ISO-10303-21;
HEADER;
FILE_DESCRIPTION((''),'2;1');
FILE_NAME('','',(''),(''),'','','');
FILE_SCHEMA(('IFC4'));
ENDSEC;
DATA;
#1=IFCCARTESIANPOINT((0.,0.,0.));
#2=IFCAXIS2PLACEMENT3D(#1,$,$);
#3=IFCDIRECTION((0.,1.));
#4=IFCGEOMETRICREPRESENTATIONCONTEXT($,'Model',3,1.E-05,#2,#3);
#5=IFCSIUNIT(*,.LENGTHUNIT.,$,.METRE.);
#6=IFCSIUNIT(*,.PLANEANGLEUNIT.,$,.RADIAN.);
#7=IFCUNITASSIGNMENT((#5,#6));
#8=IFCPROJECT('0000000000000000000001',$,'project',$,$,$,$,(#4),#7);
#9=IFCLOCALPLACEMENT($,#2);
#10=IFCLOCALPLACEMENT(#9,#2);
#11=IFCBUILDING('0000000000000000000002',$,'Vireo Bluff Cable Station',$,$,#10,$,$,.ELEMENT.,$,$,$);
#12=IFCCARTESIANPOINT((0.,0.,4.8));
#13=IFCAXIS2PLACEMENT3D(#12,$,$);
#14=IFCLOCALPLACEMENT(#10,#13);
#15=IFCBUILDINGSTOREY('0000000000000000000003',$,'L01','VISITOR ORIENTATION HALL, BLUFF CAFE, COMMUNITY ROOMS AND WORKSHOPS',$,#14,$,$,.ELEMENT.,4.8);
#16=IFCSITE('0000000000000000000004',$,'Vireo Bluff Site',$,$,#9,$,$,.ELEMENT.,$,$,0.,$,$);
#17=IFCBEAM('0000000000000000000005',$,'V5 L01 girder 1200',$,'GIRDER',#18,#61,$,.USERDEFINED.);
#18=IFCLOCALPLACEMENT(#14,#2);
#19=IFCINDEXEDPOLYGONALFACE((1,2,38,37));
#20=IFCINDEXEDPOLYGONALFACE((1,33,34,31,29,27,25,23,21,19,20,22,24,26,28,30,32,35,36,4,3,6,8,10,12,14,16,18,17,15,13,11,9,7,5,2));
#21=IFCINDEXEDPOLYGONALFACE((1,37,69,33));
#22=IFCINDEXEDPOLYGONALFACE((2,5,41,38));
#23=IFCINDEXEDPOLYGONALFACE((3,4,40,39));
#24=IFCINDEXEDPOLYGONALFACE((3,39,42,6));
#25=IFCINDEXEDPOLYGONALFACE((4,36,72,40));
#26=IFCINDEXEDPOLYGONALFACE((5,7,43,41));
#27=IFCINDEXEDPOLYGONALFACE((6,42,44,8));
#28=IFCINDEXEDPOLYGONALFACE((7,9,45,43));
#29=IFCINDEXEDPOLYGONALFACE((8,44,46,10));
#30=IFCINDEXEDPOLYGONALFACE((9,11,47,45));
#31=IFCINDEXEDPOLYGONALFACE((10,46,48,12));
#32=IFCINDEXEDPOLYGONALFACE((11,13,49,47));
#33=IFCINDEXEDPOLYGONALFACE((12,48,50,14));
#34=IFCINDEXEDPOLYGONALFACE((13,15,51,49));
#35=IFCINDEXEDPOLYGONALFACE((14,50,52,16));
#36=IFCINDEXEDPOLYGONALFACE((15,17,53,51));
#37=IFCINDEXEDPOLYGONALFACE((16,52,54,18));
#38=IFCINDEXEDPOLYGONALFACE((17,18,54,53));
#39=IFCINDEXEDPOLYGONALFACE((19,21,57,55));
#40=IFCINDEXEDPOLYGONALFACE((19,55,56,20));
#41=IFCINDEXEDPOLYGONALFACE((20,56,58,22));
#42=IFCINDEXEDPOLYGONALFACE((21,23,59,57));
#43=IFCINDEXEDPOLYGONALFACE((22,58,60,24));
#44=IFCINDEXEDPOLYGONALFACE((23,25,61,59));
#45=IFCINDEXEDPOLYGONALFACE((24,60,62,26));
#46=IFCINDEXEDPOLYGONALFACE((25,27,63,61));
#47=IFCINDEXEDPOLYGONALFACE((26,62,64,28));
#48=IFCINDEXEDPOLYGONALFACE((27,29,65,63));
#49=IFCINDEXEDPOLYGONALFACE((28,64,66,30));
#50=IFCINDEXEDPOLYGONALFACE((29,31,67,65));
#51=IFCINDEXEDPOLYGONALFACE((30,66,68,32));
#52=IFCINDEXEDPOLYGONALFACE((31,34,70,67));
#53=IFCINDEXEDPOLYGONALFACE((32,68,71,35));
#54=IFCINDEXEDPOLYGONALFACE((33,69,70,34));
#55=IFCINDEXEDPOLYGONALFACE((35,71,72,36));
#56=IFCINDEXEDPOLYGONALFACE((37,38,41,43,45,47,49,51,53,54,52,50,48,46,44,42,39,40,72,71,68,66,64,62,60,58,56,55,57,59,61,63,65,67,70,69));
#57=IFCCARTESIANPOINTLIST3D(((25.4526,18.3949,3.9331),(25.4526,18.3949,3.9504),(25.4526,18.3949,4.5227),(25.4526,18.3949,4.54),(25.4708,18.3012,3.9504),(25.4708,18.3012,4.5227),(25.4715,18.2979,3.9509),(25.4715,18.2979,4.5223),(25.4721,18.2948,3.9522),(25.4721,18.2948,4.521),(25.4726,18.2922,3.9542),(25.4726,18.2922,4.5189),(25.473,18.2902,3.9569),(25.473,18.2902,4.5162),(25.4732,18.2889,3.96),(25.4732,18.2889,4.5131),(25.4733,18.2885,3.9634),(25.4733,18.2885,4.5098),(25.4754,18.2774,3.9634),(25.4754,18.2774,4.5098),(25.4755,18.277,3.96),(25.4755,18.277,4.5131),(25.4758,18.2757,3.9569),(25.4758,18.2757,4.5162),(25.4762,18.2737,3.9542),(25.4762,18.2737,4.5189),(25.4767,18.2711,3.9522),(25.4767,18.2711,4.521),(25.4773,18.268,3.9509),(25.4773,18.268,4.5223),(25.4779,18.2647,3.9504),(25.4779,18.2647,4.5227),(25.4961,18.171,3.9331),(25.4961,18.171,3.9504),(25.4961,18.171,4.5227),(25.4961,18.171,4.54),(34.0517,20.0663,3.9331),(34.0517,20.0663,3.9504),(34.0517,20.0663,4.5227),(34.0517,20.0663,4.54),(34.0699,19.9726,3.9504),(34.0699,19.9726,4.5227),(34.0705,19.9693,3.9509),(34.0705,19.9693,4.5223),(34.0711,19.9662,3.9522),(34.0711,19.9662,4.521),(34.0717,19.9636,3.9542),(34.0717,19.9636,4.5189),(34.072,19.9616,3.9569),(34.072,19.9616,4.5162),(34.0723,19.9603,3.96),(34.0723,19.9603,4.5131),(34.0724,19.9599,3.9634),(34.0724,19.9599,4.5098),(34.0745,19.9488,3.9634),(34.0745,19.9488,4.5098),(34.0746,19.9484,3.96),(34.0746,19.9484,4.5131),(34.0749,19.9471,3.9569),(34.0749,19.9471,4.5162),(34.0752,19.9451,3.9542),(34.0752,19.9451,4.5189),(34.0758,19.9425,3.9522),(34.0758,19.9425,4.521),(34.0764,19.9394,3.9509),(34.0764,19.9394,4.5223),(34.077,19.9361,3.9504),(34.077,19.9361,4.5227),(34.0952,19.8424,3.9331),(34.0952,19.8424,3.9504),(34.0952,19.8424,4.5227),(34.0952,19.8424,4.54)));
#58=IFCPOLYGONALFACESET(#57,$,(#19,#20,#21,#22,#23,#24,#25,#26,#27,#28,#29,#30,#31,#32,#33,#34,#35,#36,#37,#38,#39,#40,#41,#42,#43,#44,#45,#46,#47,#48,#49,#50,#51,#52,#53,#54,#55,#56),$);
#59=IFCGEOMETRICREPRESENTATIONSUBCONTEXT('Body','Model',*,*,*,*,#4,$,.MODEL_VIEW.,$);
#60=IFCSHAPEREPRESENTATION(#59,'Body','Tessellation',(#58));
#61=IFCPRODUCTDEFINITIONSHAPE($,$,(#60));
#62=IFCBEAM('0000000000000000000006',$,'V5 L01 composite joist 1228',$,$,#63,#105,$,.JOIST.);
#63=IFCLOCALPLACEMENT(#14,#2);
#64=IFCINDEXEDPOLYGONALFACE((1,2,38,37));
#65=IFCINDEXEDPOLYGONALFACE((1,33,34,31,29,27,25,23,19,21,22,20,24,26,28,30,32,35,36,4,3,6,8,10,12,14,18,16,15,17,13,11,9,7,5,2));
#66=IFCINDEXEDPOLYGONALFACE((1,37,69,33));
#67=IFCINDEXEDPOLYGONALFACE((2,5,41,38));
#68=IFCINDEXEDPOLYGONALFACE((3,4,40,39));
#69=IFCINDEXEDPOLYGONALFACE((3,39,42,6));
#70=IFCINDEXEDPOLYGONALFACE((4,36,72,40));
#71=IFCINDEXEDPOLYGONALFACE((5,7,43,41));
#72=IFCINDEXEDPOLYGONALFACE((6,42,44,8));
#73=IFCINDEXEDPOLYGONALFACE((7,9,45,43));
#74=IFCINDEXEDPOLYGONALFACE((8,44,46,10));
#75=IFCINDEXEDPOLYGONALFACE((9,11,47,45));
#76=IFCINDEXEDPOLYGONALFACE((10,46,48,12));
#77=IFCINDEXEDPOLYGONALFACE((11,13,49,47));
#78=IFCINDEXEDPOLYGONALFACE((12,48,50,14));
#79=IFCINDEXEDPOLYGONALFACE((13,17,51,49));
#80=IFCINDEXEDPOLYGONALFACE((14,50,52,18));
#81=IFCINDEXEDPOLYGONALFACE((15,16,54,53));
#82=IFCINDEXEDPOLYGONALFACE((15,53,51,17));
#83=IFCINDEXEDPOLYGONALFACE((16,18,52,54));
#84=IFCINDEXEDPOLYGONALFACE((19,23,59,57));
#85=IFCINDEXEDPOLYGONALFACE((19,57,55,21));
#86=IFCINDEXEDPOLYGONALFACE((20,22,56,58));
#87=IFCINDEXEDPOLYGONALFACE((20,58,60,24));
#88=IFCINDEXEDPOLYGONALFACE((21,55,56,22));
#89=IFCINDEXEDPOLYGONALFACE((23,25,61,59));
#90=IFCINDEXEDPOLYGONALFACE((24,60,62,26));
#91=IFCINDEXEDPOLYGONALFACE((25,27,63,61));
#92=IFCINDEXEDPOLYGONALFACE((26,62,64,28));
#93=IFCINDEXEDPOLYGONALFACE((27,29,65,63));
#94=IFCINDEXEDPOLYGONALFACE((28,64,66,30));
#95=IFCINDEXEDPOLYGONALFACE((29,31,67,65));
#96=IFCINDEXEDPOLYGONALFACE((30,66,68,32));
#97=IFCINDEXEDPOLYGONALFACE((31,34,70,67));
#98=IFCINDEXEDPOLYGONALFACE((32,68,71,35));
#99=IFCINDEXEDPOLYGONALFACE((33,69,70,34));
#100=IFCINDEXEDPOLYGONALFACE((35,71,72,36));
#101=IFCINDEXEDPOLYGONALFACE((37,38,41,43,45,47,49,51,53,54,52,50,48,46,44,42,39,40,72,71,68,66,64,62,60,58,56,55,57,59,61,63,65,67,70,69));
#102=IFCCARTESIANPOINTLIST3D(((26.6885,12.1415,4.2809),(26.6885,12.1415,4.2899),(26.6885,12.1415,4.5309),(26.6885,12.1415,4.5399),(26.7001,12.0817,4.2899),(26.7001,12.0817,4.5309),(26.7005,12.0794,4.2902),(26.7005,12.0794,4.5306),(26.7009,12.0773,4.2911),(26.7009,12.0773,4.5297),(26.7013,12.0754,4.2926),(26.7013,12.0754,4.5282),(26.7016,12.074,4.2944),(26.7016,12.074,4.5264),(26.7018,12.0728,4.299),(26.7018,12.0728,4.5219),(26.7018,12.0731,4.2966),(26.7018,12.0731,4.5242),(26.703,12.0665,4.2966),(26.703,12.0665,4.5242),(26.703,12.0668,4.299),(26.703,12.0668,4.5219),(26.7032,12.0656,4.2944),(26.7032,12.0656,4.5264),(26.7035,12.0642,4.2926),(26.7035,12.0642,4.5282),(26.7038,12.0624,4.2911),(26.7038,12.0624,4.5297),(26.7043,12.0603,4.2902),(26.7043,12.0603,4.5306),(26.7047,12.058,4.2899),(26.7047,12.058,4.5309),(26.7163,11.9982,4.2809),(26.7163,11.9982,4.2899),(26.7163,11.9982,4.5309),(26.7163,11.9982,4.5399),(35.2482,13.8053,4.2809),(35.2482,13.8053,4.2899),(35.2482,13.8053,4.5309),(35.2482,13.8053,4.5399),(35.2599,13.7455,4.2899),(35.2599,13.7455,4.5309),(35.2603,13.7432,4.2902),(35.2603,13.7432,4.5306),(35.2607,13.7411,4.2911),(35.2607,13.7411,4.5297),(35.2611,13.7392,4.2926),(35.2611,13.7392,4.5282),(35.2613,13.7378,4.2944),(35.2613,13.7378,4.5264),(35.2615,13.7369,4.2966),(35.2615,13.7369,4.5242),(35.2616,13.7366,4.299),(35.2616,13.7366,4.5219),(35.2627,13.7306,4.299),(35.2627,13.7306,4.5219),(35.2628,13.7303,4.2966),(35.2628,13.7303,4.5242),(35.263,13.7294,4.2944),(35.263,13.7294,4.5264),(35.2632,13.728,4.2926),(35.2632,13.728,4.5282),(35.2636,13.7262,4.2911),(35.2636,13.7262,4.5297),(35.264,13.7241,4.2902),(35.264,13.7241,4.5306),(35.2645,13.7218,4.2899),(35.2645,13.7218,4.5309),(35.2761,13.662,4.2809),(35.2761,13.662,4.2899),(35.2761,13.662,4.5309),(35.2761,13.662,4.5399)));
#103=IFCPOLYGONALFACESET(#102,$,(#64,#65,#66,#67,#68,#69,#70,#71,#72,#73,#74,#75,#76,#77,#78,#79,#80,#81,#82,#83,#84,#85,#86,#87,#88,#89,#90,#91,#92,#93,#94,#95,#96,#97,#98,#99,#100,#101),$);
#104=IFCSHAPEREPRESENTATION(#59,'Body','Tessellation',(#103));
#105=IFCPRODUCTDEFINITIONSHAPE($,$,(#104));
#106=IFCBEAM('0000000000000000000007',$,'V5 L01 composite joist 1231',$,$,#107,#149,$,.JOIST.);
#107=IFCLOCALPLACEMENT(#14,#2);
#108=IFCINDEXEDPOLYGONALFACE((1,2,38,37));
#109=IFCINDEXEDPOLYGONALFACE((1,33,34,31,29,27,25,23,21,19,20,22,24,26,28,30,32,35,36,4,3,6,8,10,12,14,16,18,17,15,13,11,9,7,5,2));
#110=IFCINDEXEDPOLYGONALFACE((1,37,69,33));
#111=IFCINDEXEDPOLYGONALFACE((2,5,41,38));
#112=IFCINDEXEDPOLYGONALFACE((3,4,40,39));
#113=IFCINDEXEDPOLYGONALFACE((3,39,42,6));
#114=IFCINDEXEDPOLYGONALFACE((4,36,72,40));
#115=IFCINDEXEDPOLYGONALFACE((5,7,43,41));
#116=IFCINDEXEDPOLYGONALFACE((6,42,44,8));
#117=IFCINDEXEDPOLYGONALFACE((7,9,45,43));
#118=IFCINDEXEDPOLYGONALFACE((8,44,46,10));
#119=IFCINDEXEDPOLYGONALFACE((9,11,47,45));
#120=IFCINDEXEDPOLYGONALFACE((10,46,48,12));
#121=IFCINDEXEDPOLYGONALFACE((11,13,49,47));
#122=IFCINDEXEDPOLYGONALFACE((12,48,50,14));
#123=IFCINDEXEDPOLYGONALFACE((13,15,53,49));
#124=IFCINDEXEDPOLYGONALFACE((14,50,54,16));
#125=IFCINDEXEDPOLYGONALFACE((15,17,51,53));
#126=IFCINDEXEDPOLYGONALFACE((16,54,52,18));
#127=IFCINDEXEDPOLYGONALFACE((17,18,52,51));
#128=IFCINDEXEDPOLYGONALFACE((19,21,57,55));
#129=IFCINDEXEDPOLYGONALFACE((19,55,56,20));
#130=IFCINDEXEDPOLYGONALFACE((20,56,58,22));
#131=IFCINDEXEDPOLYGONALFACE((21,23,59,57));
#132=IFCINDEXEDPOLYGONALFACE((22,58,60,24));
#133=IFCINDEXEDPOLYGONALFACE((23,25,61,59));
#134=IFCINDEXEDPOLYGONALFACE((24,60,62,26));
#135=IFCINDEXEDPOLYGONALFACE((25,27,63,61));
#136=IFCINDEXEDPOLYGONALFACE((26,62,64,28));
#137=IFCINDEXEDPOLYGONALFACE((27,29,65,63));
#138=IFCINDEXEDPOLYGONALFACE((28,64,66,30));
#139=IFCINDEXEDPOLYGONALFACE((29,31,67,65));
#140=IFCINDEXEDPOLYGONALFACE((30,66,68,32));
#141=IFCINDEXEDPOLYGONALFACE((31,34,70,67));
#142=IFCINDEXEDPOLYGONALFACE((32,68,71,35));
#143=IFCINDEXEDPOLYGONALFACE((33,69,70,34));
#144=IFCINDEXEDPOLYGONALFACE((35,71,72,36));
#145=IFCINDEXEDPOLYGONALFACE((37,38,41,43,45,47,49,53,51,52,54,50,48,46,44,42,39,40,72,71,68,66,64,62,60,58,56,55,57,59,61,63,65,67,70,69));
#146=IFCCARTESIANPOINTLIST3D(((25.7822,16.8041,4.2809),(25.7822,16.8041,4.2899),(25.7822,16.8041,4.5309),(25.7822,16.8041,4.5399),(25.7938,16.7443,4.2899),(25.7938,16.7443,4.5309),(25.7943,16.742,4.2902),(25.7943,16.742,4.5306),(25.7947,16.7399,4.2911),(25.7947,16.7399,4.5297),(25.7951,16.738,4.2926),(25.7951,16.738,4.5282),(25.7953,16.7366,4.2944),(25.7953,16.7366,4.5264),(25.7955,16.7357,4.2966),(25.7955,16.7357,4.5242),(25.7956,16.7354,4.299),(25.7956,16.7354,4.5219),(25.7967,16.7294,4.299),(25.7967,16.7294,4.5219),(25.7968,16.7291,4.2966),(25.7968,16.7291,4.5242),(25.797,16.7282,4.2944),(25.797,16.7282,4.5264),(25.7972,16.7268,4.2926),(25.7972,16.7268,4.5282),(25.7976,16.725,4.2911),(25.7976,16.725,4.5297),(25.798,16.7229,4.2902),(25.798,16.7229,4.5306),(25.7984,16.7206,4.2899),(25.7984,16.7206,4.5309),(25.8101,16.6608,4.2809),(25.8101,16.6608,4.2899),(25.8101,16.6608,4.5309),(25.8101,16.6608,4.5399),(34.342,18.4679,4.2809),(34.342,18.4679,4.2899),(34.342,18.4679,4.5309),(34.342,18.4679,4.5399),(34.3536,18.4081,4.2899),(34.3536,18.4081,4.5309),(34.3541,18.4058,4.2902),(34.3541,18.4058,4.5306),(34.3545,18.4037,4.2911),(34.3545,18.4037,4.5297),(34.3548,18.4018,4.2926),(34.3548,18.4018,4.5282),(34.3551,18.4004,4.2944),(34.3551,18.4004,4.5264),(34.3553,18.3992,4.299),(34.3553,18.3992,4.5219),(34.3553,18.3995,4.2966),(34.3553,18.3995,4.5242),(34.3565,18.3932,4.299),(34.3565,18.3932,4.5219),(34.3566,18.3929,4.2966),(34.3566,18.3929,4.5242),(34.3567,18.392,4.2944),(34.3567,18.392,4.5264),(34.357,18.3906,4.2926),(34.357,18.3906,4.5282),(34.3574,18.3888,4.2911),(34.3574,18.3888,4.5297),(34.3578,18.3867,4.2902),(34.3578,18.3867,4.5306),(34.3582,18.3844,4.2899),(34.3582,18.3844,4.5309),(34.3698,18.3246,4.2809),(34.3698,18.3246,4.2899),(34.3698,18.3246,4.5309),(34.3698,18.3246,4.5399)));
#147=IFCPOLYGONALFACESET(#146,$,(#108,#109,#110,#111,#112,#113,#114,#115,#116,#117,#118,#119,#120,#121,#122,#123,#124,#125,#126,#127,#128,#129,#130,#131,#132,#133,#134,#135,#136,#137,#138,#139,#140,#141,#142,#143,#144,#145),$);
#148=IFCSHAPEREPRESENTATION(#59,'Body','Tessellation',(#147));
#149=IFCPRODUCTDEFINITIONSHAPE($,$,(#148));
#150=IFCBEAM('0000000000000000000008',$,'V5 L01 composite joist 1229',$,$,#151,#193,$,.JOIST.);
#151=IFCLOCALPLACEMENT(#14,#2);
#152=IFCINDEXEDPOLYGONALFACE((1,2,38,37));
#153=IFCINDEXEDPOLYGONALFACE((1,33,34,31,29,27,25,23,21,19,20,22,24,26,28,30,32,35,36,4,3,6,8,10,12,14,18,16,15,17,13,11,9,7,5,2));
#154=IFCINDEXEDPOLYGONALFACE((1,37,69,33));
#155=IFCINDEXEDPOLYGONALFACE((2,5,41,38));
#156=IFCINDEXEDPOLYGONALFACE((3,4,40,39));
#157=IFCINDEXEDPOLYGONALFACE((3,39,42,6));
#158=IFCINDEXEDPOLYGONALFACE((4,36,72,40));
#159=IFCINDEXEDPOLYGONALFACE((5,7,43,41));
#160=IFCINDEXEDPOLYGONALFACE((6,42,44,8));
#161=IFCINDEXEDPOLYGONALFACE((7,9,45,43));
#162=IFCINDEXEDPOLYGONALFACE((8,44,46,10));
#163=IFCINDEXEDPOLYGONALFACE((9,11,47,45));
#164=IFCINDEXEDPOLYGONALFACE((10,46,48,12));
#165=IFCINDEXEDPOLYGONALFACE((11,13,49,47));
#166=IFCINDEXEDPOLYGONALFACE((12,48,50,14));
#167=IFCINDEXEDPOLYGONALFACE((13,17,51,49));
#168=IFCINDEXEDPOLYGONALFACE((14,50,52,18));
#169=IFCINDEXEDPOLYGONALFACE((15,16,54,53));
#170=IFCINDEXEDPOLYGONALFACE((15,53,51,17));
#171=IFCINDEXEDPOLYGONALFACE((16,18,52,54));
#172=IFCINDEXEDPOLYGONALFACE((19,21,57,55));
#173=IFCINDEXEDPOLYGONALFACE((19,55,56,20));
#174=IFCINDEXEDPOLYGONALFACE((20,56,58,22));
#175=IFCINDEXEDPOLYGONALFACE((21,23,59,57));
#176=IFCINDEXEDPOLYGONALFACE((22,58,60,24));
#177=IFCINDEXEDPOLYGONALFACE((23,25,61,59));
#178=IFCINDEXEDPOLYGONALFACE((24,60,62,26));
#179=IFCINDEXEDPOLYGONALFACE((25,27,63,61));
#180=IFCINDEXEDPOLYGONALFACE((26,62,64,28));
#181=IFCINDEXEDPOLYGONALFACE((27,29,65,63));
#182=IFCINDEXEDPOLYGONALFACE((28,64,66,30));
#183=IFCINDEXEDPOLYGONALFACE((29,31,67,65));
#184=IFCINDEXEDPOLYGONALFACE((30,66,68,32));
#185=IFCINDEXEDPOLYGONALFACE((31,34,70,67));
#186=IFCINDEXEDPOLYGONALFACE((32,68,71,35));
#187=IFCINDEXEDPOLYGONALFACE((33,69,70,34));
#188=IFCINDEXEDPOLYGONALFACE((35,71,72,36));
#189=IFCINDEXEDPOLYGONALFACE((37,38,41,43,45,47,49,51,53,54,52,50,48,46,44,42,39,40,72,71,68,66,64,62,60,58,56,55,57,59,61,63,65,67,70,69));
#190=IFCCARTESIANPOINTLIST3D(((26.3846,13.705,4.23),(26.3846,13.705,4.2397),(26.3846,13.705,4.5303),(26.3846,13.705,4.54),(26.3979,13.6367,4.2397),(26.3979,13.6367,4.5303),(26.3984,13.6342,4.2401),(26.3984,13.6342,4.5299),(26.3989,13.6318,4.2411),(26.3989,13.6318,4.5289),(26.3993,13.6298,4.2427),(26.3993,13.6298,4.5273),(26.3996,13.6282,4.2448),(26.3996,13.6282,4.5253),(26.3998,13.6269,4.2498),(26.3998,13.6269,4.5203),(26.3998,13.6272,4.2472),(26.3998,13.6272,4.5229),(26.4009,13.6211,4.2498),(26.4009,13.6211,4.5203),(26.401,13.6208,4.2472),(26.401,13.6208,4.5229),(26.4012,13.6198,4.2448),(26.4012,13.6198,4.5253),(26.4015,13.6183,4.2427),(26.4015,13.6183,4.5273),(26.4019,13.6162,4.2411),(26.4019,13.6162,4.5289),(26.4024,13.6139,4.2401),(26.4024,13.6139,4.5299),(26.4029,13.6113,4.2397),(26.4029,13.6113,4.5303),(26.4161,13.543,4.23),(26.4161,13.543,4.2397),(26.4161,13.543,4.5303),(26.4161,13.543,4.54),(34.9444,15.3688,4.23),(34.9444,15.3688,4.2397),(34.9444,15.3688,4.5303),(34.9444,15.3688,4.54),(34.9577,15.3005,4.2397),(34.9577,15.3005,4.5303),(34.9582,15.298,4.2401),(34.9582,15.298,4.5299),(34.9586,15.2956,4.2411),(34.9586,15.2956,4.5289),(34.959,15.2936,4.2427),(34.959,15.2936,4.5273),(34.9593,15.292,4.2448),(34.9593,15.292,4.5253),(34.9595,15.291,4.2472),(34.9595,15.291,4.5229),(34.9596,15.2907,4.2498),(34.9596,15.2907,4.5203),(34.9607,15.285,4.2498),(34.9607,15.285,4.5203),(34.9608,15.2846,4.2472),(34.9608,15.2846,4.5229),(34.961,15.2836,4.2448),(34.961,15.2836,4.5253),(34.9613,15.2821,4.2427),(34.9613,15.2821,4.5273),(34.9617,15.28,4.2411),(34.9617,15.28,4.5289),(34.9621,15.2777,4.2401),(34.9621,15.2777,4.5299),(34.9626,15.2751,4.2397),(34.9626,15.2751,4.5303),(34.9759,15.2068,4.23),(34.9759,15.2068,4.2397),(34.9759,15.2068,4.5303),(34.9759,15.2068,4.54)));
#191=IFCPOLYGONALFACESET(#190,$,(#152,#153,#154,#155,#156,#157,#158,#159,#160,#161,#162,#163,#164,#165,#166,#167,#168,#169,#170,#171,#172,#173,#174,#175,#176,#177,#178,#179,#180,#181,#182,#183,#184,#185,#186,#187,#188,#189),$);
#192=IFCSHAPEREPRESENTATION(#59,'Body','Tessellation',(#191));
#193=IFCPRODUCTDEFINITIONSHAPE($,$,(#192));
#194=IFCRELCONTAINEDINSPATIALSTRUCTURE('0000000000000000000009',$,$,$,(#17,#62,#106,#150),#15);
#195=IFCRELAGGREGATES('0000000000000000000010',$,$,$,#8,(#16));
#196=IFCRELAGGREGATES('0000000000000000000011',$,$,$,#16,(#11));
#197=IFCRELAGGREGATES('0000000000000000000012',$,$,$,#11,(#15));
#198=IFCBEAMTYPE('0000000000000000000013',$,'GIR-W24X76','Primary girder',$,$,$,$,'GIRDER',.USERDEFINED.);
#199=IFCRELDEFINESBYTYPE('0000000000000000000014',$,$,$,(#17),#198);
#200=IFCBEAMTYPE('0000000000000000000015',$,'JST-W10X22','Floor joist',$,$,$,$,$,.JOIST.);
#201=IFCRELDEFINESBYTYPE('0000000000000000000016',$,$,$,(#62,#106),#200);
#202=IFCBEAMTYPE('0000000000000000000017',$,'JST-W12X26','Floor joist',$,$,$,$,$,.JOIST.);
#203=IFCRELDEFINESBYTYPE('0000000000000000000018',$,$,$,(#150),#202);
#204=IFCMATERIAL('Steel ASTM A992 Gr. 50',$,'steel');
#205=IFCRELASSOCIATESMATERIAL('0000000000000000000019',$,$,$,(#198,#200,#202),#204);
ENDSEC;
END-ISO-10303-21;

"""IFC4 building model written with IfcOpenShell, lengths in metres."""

from ifc_helpers import new_model, si_unit, direction, frame, origin, origin_2d, place, context, subcontext, project, spatial, i_section, extrude, material, material_profile, profile_set, type_object, element, save


model = new_model("IFC4")

# Units and contexts
model_context = context("Model", 3, precision=1e-05, world=origin(), true_north=direction((0.0, 1.0)))
body_context = subcontext(model_context, "Body", "Model", "MODEL_VIEW")
ifc_project = project(units=[si_unit("LENGTHUNIT", "METRE"), si_unit("PLANEANGLEUNIT", "RADIAN")], contexts=[model_context])

# Site, building, storey
site_placement = place(None, origin())
site = spatial("IfcSite", under=ifc_project, at=site_placement, Name="Vireo Bluff Site", CompositionType="ELEMENT", RefElevation=0.0)
building_placement = place(site_placement, origin())
building = spatial("IfcBuilding", under=site, at=building_placement, Name="Vireo Bluff Cable Station", CompositionType="ELEMENT")
storey_placement = place(building_placement, frame((0.0, 0.0, 4.8)))
storey = spatial("IfcBuildingStorey", under=building, at=storey_placement, Name="L01", Description="VISITOR ORIENTATION HALL, BLUFF CAFE, COMMUNITY ROOMS AND WORKSHOPS", CompositionType="ELEMENT", Elevation=4.8)

# Shared definitions
ifc_material_1 = material(Name="Steel ASTM A992 Gr. 50", Category="steel")

# Beams
ifc_material_profile_1 = material_profile(ifc_material_1, i_section(OverallWidth=0.228, OverallDepth=0.6069, WebThickness=0.0112, FlangeThickness=0.0173, FilletRadius=0.0129, at=origin_2d()), Name="W24X76")
ifc_profile_set_1 = profile_set([ifc_material_profile_1], Name="Steel ASTM A992 Gr. 50")
beam_type_1 = type_object("IfcBeamType", Name="GIR-W24X76", Description="Primary girder", ElementType="GIRDER", PredefinedType="USERDEFINED", material=ifc_profile_set_1)
beam_1_placement = place(storey_placement, frame((25.4744, 18.283, 4.2366), z_axis=(0.98163, 0.190797, 0.0), x_axis=(-0.190797, 0.98163, 0.0)))
element("IfcBeam", 1, at=beam_1_placement, inside=storey, type_object=beam_type_1, Name="V5 L01 girder 1200", ObjectType="GIRDER", PredefinedType="USERDEFINED", context=body_context, shape_type="SweptSolid", body=[
    extrude(i_section(OverallWidth=0.228, OverallDepth=0.6069, WebThickness=0.0112, FlangeThickness=0.0173, FilletRadius=0.0129, at=origin_2d()), origin(), (0.0, 0.0, 1.0), 8.76),
])
ifc_material_profile_2 = material_profile(ifc_material_1, i_section(OverallWidth=0.146, OverallDepth=0.259, WebThickness=0.0061, FlangeThickness=0.009, FilletRadius=0.009, at=origin_2d()), Name="W10X22")
ifc_profile_set_2 = profile_set([ifc_material_profile_2], Name="Steel ASTM A992 Gr. 50")
beam_type_2 = type_object("IfcBeamType", Name="JST-W10X22", Description="Floor joist", PredefinedType="JOIST", material=ifc_profile_set_2)
for number, where, z_axis, x_axis, name in (
    (2, (26.7024, 12.0698, 4.4104), (0.981628, 0.190804, 0.0), (-0.190804, 0.981628, 0.0), "V5 L01 composite joist 1228"),
    (3, (25.7961, 16.7324, 4.4104), (0.981628, 0.190804, 0.0), (-0.190804, 0.981628, 0.0), "V5 L01 composite joist 1231"),
):
    element("IfcBeam", number, at=place(storey_placement, frame(where, z_axis=z_axis, x_axis=x_axis)), inside=storey, type_object=beam_type_2, Name=name, PredefinedType="JOIST", context=body_context, shape_type="SweptSolid", body=[
        extrude(i_section(OverallWidth=0.146, OverallDepth=0.259, WebThickness=0.0061, FlangeThickness=0.009, FilletRadius=0.009, at=origin_2d()), origin(), (0.0, 0.0, 1.0), 8.72),
    ])
ifc_material_profile_3 = material_profile(ifc_material_1, i_section(OverallWidth=0.165, OverallDepth=0.3101, WebThickness=0.0059, FlangeThickness=0.0098, FilletRadius=0.01, at=origin_2d()), Name="W12X26")
ifc_profile_set_3 = profile_set([ifc_material_profile_3], Name="Steel ASTM A992 Gr. 50")
beam_type_3 = type_object("IfcBeamType", Name="JST-W12X26", Description="Floor joist", PredefinedType="JOIST", material=ifc_profile_set_3)
beam_2_placement = place(storey_placement, frame((26.4004, 13.624, 4.385), z_axis=(0.981628, 0.190804, 0.0), x_axis=(-0.190804, 0.981628, 0.0)))
element("IfcBeam", 4, at=beam_2_placement, inside=storey, type_object=beam_type_3, Name="V5 L01 composite joist 1229", PredefinedType="JOIST", context=body_context, shape_type="SweptSolid", body=[
    extrude(i_section(OverallWidth=0.165, OverallDepth=0.3101, WebThickness=0.0059, FlangeThickness=0.0098, FilletRadius=0.01, at=origin_2d()), origin(), (0.0, 0.0, 1.0), 8.72),
])

save(model, "model.ifc")
